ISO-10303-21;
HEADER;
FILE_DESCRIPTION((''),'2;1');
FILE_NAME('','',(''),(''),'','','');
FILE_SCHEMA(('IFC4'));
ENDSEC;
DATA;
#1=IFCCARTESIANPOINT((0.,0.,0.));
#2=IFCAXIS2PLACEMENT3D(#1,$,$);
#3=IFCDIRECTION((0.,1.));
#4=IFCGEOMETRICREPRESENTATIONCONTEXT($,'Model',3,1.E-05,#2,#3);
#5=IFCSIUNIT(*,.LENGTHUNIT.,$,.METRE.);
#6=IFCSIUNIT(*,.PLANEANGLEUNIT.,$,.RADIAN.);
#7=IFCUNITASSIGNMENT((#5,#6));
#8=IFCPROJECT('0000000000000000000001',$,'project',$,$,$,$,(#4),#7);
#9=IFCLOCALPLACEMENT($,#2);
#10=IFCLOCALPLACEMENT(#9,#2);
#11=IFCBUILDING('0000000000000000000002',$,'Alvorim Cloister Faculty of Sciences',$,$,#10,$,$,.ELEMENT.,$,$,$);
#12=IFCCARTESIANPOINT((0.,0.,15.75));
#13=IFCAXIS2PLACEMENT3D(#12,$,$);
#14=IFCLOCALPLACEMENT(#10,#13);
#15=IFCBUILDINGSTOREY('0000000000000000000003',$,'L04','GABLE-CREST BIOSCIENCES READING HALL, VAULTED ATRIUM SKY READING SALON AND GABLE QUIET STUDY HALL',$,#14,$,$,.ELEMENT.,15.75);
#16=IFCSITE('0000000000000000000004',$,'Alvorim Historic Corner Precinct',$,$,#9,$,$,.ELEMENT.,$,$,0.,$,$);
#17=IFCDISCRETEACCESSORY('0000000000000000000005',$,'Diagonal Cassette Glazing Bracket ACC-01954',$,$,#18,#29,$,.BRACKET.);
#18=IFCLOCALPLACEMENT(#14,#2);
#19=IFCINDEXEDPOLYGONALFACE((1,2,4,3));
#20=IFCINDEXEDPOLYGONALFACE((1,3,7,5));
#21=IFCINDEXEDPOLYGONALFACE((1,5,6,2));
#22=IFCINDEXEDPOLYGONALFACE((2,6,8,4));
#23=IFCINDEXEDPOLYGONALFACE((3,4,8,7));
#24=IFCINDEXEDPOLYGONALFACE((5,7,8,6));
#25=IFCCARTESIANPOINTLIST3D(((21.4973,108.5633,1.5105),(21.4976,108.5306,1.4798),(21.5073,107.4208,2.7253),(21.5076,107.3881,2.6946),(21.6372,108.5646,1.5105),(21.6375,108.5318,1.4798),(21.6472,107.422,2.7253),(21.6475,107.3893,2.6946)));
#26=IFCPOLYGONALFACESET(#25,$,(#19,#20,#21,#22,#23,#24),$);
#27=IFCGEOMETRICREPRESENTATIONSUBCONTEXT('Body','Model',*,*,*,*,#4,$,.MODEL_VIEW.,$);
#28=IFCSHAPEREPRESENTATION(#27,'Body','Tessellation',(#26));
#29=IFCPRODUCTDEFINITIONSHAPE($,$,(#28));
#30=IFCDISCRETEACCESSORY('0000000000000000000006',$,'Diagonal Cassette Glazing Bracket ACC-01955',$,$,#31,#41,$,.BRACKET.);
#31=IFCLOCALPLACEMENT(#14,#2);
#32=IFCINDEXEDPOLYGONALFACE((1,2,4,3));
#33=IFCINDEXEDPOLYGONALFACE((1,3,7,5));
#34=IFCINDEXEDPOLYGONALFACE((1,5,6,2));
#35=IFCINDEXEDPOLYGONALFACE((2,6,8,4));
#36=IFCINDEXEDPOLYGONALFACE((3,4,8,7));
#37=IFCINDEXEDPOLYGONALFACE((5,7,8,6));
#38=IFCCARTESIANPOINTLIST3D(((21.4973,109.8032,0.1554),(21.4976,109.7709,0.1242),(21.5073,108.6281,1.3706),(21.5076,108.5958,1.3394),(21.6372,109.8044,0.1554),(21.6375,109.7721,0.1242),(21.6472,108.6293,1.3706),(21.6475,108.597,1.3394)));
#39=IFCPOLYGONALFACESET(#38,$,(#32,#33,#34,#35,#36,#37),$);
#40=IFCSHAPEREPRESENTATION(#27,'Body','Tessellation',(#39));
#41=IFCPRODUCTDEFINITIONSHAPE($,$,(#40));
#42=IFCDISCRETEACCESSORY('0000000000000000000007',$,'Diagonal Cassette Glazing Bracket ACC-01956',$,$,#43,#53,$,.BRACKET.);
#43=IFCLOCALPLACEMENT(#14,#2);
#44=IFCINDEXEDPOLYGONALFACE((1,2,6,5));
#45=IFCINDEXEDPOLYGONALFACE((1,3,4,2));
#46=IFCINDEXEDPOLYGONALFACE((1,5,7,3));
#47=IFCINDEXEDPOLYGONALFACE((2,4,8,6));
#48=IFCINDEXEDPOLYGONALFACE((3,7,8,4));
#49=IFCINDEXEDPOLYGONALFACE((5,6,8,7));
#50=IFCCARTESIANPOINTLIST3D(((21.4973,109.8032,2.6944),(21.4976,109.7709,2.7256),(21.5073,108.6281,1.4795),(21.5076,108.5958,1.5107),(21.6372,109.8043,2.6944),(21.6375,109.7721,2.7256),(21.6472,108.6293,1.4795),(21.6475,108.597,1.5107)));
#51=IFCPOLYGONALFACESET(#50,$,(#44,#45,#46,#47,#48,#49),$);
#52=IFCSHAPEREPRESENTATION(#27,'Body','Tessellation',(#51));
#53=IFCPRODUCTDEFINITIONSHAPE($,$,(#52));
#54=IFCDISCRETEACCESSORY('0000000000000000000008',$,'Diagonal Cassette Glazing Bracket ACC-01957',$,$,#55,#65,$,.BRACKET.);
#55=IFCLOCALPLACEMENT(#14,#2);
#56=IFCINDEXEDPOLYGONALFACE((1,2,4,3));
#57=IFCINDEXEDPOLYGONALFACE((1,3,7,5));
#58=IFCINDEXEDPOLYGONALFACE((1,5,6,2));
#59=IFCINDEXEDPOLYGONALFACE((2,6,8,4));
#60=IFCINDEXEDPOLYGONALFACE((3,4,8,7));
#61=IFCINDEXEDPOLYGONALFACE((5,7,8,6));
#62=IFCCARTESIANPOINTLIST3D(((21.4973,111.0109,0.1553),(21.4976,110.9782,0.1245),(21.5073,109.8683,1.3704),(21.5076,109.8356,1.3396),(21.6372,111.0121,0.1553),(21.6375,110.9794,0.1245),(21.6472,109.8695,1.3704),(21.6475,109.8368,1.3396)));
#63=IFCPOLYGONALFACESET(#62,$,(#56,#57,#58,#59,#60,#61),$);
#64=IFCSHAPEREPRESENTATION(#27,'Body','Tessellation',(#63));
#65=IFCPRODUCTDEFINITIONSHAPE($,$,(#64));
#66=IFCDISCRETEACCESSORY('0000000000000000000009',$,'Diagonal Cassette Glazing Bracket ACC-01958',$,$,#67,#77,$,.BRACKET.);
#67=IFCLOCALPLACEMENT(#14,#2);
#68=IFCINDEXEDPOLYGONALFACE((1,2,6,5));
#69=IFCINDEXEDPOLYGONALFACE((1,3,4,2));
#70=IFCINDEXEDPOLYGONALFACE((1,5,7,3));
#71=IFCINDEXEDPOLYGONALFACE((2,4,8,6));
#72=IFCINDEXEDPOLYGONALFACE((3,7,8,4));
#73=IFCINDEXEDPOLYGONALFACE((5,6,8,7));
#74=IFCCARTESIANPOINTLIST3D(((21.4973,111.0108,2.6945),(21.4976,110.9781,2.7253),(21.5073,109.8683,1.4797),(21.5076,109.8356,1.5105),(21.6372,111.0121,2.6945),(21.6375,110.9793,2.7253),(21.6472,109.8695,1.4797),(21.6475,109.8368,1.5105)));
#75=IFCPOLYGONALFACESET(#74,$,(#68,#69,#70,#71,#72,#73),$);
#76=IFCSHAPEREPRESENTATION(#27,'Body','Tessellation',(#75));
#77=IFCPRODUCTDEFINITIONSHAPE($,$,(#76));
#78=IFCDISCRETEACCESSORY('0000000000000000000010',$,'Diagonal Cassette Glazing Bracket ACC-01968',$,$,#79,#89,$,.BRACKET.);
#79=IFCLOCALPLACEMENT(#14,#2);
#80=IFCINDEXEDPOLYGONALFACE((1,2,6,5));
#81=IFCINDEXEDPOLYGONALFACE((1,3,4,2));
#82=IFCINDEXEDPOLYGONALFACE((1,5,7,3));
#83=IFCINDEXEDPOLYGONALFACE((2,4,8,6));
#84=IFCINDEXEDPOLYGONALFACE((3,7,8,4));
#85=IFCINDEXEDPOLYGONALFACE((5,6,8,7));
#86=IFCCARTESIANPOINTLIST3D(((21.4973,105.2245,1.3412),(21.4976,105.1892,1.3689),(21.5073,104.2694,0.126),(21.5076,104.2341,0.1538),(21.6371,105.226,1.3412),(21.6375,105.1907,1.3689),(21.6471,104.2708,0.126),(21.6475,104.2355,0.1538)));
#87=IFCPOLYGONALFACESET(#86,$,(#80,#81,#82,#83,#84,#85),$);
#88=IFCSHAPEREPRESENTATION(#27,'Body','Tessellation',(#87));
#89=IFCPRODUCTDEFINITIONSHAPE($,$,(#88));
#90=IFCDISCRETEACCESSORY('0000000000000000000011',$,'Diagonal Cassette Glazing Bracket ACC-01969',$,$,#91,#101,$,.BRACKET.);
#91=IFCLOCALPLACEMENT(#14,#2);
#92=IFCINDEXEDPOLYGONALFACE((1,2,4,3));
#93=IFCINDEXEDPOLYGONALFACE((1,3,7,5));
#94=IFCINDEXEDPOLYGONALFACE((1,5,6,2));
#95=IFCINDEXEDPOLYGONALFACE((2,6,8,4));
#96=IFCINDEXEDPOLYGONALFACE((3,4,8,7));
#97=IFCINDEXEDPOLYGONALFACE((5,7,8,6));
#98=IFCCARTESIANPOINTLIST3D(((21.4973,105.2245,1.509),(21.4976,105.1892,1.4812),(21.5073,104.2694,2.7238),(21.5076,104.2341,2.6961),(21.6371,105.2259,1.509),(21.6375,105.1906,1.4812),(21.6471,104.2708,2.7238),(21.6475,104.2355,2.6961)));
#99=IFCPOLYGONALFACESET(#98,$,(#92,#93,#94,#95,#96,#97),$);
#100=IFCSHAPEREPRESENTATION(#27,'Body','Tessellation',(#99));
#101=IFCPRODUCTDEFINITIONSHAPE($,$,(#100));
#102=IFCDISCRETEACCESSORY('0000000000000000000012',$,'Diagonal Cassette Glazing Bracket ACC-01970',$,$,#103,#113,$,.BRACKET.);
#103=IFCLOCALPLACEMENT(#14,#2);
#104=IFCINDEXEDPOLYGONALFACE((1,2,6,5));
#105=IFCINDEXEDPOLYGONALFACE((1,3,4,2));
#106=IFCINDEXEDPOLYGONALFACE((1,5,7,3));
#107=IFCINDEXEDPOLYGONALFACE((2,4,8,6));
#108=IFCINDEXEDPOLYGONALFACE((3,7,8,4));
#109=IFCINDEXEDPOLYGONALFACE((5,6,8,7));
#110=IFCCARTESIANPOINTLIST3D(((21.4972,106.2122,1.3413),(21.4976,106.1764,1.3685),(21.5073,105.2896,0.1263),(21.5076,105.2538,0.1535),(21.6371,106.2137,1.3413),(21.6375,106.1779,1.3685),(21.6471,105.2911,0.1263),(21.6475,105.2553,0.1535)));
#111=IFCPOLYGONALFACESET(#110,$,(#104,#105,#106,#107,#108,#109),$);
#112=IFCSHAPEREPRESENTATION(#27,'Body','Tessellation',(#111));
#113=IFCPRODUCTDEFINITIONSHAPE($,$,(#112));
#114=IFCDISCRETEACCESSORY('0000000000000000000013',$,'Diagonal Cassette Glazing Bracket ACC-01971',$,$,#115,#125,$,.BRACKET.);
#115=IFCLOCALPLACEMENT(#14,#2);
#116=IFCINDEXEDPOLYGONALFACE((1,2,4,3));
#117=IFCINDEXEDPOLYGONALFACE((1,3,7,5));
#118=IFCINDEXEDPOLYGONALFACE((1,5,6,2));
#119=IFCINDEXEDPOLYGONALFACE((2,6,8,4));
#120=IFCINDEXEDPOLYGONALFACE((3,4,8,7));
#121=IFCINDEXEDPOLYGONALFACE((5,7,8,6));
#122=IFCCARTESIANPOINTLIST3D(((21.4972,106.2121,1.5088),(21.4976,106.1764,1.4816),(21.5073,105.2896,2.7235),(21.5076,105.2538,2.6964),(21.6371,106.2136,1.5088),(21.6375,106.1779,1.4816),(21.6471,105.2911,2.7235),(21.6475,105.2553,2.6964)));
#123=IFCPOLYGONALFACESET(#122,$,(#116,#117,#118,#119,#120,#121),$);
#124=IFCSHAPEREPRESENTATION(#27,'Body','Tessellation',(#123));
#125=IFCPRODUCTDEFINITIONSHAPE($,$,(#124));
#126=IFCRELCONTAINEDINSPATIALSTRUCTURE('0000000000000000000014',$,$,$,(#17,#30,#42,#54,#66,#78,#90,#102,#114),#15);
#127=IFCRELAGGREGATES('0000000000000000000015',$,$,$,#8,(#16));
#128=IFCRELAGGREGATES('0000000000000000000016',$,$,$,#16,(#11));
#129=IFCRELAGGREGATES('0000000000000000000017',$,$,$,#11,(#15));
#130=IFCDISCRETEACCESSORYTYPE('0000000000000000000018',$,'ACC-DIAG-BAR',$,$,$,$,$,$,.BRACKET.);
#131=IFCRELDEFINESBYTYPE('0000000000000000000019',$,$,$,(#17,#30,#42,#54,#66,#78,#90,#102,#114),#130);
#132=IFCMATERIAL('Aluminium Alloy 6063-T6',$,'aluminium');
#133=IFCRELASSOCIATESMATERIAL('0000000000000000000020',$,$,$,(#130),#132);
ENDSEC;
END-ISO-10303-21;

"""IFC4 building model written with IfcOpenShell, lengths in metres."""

from ifc_helpers import new_model, si_unit, direction, frame, origin, origin_2d, place, context, subcontext, project, spatial, rectangle, extrude, material, type_object, element, save


model = new_model("IFC4")

# Units and contexts
model_context = context("Model", 3, precision=1e-05, world=origin(), true_north=direction((0.0, 1.0)))
body_context = subcontext(model_context, "Body", "Model", "MODEL_VIEW")
ifc_project = project(units=[si_unit("LENGTHUNIT", "METRE"), si_unit("PLANEANGLEUNIT", "RADIAN")], contexts=[model_context])

# Site, building, storey
site_placement = place(None, origin())
site = spatial("IfcSite", under=ifc_project, at=site_placement, Name="Alvorim Historic Corner Precinct", CompositionType="ELEMENT", RefElevation=0.0)
building_placement = place(site_placement, origin())
building = spatial("IfcBuilding", under=site, at=building_placement, Name="Alvorim Cloister Faculty of Sciences", CompositionType="ELEMENT")
storey_placement = place(building_placement, frame((0.0, 0.0, 15.75)))
storey = spatial("IfcBuildingStorey", under=building, at=storey_placement, Name="L04", Description="GABLE-CREST BIOSCIENCES READING HALL, VAULTED ATRIUM SKY READING SALON AND GABLE QUIET STUDY HALL", CompositionType="ELEMENT", Elevation=15.75)

# Shared definitions
ifc_material_1 = material(Name="Aluminium Alloy 6063-T6", Category="aluminium")

# Discrete accessories
discrete_accessory_type = type_object("IfcDiscreteAccessoryType", Name="ACC-DIAG-BAR", PredefinedType="BRACKET", material=ifc_material_1)
discrete_accessory_1_placement = place(storey_placement, frame((21.5774, 107.405, 2.71), z_axis=(-0.006002, 0.685097, -0.728427), x_axis=(-0.999962, -0.00876, 0.0)))
element("IfcDiscreteAccessory", 1, at=discrete_accessory_1_placement, inside=storey, type_object=discrete_accessory_type, Name="Diagonal Cassette Glazing Bracket ACC-01954", PredefinedType="BRACKET", context=body_context, shape_type="SweptSolid", body=[
    extrude(rectangle(XDim=0.1399, YDim=0.0449, at=origin_2d()), origin(), (0.0, 0.0, 1.0), 1.6677),
])
discrete_accessory_2_placement = place(storey_placement, frame((21.5774, 108.6125, 1.355), z_axis=(-0.005922, 0.695152, -0.718839), x_axis=(-0.999964, -0.008518, 0.0)))
element("IfcDiscreteAccessory", 2, at=discrete_accessory_2_placement, inside=storey, type_object=discrete_accessory_type, Name="Diagonal Cassette Glazing Bracket ACC-01955", PredefinedType="BRACKET", context=body_context, shape_type="SweptSolid", body=[
    extrude(rectangle(XDim=0.1399, YDim=0.0449, at=origin_2d()), origin(), (0.0, 0.0, 1.0), 1.6904),
])
discrete_accessory_3_placement = place(storey_placement, frame((21.5774, 108.6125, 1.4951), z_axis=(-0.005922, 0.695224, 0.718769), x_axis=(-0.999964, -0.008518, 0.0)))
element("IfcDiscreteAccessory", 3, at=discrete_accessory_3_placement, inside=storey, type_object=discrete_accessory_type, Name="Diagonal Cassette Glazing Bracket ACC-01956", PredefinedType="BRACKET", context=body_context, shape_type="SweptSolid", body=[
    extrude(rectangle(XDim=0.1399, YDim=0.0449, at=origin_2d()), origin(), (0.0, 0.0, 1.0), 1.6902),
])
discrete_accessory_4_placement = place(storey_placement, frame((21.5774, 109.8525, 1.355), z_axis=(-0.006001, 0.685024, -0.728496), x_axis=(-0.999962, -0.00876, 0.0)))
element("IfcDiscreteAccessory", 4, at=discrete_accessory_4_placement, inside=storey, type_object=discrete_accessory_type, Name="Diagonal Cassette Glazing Bracket ACC-01957", PredefinedType="BRACKET", context=body_context, shape_type="SweptSolid", body=[
    extrude(rectangle(XDim=0.1399, YDim=0.0449, at=origin_2d()), origin(), (0.0, 0.0, 1.0), 1.668),
])
discrete_accessory_5_placement = place(storey_placement, frame((21.5774, 109.8525, 1.4951), z_axis=(-0.006002, 0.685097, 0.728427), x_axis=(-0.999962, -0.00876, 0.0)))
element("IfcDiscreteAccessory", 5, at=discrete_accessory_5_placement, inside=storey, type_object=discrete_accessory_type, Name="Diagonal Cassette Glazing Bracket ACC-01958", PredefinedType="BRACKET", context=body_context, shape_type="SweptSolid", body=[
    extrude(rectangle(XDim=0.1399, YDim=0.0449, at=origin_2d()), origin(), (0.0, 0.0, 1.0), 1.6677),
])
discrete_accessory_6_placement = place(storey_placement, frame((21.5774, 104.2524, 0.1399), z_axis=(-0.006477, 0.617955, 0.786187), x_axis=(-0.999945, -0.01048, 0.0)))
element("IfcDiscreteAccessory", 6, at=discrete_accessory_6_placement, inside=storey, type_object=discrete_accessory_type, Name="Diagonal Cassette Glazing Bracket ACC-01968", PredefinedType="BRACKET", context=body_context, shape_type="SweptSolid", body=[
    extrude(rectangle(XDim=0.1399, YDim=0.0449, at=origin_2d()), origin(), (0.0, 0.0, 1.0), 1.5457),
])
discrete_accessory_7_placement = place(storey_placement, frame((21.5774, 104.2524, 2.71), z_axis=(-0.006477, 0.618032, -0.786126), x_axis=(-0.999945, -0.01048, 0.0)))
element("IfcDiscreteAccessory", 7, at=discrete_accessory_7_placement, inside=storey, type_object=discrete_accessory_type, Name="Diagonal Cassette Glazing Bracket ACC-01969", PredefinedType="BRACKET", context=body_context, shape_type="SweptSolid", body=[
    extrude(rectangle(XDim=0.1399, YDim=0.0449, at=origin_2d()), origin(), (0.0, 0.0, 1.0), 1.5454),
])
discrete_accessory_8_placement = place(storey_placement, frame((21.5774, 105.2725, 0.1399), z_axis=(-0.006561, 0.604713, 0.796416), x_axis=(-0.999941, -0.010849, 0.0)))
element("IfcDiscreteAccessory", 8, at=discrete_accessory_8_placement, inside=storey, type_object=discrete_accessory_type, Name="Diagonal Cassette Glazing Bracket ACC-01970", PredefinedType="BRACKET", context=body_context, shape_type="SweptSolid", body=[
    extrude(rectangle(XDim=0.1399, YDim=0.0449, at=origin_2d()), origin(), (0.0, 0.0, 1.0), 1.5256),
])
discrete_accessory_9_placement = place(storey_placement, frame((21.5774, 105.2725, 2.71), z_axis=(-0.006562, 0.60479, -0.796358), x_axis=(-0.999941, -0.010849, 0.0)))
element("IfcDiscreteAccessory", 9, at=discrete_accessory_9_placement, inside=storey, type_object=discrete_accessory_type, Name="Diagonal Cassette Glazing Bracket ACC-01971", PredefinedType="BRACKET", context=body_context, shape_type="SweptSolid", body=[
    extrude(rectangle(XDim=0.1399, YDim=0.0449, at=origin_2d()), origin(), (0.0, 0.0, 1.0), 1.5254),
])

save(model, "model.ifc")
